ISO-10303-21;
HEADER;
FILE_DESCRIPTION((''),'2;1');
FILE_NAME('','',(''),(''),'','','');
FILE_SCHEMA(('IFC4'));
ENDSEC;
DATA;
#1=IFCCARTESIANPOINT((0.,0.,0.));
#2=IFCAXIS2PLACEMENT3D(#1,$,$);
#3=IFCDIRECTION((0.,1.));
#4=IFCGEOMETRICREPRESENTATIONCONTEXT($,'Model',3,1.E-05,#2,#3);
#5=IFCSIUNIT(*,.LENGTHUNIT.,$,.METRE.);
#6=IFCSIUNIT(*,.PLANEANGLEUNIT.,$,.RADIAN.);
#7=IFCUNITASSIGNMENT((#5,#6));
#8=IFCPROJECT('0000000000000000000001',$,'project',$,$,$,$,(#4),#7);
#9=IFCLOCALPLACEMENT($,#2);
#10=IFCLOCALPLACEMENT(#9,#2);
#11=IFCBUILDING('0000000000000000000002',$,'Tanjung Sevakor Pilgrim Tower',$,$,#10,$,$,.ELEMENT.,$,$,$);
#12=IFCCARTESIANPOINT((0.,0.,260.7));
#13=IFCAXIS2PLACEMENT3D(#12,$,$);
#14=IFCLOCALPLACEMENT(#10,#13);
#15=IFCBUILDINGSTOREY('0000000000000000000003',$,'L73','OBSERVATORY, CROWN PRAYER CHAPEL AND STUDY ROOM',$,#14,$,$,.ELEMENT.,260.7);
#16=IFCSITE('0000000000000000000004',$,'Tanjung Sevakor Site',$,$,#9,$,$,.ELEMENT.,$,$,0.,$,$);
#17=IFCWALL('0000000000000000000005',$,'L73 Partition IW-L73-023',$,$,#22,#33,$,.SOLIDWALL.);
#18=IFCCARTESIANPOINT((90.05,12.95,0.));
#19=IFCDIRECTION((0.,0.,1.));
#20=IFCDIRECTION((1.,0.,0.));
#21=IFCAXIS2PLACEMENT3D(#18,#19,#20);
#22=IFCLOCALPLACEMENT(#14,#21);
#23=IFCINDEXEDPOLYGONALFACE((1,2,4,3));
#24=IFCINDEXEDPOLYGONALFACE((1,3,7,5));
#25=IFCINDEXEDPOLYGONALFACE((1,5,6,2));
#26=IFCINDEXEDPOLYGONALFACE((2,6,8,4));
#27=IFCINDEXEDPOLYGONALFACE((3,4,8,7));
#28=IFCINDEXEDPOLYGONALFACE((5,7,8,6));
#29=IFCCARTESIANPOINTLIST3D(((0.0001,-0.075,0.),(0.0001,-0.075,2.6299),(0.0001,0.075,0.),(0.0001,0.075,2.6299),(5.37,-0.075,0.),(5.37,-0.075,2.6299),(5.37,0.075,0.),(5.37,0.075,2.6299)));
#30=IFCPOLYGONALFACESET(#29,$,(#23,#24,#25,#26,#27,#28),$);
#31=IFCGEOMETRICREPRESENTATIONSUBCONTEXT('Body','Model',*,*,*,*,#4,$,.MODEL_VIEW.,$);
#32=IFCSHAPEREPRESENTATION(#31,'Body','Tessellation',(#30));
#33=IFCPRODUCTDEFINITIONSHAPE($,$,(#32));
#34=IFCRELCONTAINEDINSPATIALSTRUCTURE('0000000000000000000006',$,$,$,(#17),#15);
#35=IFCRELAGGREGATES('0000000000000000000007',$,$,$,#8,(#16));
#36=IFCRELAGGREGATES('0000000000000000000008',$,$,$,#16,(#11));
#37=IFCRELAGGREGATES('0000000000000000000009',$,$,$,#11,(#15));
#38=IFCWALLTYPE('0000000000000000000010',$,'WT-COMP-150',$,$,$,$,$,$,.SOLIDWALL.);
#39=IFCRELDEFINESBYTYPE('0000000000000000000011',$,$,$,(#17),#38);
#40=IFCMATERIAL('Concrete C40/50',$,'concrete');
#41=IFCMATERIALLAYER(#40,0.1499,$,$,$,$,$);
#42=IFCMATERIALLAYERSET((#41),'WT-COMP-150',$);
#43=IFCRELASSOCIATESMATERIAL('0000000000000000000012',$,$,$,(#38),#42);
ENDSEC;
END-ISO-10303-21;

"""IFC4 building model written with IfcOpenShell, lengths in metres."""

from ifc_helpers import new_model, si_unit, direction, frame, frame_2d, origin, place, context, subcontext, project, spatial, rectangle, extrude, material, layer, layer_set, type_object, element, save


model = new_model("IFC4")

# Units and contexts
model_context = context("Model", 3, precision=1e-05, world=origin(), true_north=direction((0.0, 1.0)))
body_context = subcontext(model_context, "Body", "Model", "MODEL_VIEW")
ifc_project = project(units=[si_unit("LENGTHUNIT", "METRE"), si_unit("PLANEANGLEUNIT", "RADIAN")], contexts=[model_context])

# Site, building, storey
site_placement = place(None, origin())
site = spatial("IfcSite", under=ifc_project, at=site_placement, Name="Tanjung Sevakor Site", CompositionType="ELEMENT", RefElevation=0.0)
building_placement = place(site_placement, origin())
building = spatial("IfcBuilding", under=site, at=building_placement, Name="Tanjung Sevakor Pilgrim Tower", CompositionType="ELEMENT")
storey_placement = place(building_placement, frame((0.0, 0.0, 260.7)))
storey = spatial("IfcBuildingStorey", under=building, at=storey_placement, Name="L73", Description="OBSERVATORY, CROWN PRAYER CHAPEL AND STUDY ROOM", CompositionType="ELEMENT", Elevation=260.7)

# Wall
ifc_material_1 = material(Name="Concrete C40/50", Category="concrete")
ifc_layer_1 = layer(ifc_material_1, 0.1499)
ifc_layer_set_1 = layer_set([ifc_layer_1], Name="WT-COMP-150")
wall_type_1 = type_object("IfcWallType", Name="WT-COMP-150", PredefinedType="SOLIDWALL", material=ifc_layer_set_1)
wall_placement = place(storey_placement, frame((90.05, 12.95, 0.0), z_axis=(0.0, 0.0, 1.0), x_axis=(1.0, 0.0, 0.0)))
element("IfcWall", 1, at=wall_placement, inside=storey, type_object=wall_type_1, Name="L73 Partition IW-L73-023", PredefinedType="SOLIDWALL", context=body_context, shape_type="SweptSolid", body=[
    extrude(rectangle(XDim=5.3699, YDim=0.1499, at=frame_2d((2.6851, 0.0))), origin(), (0.0, 0.0, 1.0), 2.6299),
])

save(model, "model.ifc")
